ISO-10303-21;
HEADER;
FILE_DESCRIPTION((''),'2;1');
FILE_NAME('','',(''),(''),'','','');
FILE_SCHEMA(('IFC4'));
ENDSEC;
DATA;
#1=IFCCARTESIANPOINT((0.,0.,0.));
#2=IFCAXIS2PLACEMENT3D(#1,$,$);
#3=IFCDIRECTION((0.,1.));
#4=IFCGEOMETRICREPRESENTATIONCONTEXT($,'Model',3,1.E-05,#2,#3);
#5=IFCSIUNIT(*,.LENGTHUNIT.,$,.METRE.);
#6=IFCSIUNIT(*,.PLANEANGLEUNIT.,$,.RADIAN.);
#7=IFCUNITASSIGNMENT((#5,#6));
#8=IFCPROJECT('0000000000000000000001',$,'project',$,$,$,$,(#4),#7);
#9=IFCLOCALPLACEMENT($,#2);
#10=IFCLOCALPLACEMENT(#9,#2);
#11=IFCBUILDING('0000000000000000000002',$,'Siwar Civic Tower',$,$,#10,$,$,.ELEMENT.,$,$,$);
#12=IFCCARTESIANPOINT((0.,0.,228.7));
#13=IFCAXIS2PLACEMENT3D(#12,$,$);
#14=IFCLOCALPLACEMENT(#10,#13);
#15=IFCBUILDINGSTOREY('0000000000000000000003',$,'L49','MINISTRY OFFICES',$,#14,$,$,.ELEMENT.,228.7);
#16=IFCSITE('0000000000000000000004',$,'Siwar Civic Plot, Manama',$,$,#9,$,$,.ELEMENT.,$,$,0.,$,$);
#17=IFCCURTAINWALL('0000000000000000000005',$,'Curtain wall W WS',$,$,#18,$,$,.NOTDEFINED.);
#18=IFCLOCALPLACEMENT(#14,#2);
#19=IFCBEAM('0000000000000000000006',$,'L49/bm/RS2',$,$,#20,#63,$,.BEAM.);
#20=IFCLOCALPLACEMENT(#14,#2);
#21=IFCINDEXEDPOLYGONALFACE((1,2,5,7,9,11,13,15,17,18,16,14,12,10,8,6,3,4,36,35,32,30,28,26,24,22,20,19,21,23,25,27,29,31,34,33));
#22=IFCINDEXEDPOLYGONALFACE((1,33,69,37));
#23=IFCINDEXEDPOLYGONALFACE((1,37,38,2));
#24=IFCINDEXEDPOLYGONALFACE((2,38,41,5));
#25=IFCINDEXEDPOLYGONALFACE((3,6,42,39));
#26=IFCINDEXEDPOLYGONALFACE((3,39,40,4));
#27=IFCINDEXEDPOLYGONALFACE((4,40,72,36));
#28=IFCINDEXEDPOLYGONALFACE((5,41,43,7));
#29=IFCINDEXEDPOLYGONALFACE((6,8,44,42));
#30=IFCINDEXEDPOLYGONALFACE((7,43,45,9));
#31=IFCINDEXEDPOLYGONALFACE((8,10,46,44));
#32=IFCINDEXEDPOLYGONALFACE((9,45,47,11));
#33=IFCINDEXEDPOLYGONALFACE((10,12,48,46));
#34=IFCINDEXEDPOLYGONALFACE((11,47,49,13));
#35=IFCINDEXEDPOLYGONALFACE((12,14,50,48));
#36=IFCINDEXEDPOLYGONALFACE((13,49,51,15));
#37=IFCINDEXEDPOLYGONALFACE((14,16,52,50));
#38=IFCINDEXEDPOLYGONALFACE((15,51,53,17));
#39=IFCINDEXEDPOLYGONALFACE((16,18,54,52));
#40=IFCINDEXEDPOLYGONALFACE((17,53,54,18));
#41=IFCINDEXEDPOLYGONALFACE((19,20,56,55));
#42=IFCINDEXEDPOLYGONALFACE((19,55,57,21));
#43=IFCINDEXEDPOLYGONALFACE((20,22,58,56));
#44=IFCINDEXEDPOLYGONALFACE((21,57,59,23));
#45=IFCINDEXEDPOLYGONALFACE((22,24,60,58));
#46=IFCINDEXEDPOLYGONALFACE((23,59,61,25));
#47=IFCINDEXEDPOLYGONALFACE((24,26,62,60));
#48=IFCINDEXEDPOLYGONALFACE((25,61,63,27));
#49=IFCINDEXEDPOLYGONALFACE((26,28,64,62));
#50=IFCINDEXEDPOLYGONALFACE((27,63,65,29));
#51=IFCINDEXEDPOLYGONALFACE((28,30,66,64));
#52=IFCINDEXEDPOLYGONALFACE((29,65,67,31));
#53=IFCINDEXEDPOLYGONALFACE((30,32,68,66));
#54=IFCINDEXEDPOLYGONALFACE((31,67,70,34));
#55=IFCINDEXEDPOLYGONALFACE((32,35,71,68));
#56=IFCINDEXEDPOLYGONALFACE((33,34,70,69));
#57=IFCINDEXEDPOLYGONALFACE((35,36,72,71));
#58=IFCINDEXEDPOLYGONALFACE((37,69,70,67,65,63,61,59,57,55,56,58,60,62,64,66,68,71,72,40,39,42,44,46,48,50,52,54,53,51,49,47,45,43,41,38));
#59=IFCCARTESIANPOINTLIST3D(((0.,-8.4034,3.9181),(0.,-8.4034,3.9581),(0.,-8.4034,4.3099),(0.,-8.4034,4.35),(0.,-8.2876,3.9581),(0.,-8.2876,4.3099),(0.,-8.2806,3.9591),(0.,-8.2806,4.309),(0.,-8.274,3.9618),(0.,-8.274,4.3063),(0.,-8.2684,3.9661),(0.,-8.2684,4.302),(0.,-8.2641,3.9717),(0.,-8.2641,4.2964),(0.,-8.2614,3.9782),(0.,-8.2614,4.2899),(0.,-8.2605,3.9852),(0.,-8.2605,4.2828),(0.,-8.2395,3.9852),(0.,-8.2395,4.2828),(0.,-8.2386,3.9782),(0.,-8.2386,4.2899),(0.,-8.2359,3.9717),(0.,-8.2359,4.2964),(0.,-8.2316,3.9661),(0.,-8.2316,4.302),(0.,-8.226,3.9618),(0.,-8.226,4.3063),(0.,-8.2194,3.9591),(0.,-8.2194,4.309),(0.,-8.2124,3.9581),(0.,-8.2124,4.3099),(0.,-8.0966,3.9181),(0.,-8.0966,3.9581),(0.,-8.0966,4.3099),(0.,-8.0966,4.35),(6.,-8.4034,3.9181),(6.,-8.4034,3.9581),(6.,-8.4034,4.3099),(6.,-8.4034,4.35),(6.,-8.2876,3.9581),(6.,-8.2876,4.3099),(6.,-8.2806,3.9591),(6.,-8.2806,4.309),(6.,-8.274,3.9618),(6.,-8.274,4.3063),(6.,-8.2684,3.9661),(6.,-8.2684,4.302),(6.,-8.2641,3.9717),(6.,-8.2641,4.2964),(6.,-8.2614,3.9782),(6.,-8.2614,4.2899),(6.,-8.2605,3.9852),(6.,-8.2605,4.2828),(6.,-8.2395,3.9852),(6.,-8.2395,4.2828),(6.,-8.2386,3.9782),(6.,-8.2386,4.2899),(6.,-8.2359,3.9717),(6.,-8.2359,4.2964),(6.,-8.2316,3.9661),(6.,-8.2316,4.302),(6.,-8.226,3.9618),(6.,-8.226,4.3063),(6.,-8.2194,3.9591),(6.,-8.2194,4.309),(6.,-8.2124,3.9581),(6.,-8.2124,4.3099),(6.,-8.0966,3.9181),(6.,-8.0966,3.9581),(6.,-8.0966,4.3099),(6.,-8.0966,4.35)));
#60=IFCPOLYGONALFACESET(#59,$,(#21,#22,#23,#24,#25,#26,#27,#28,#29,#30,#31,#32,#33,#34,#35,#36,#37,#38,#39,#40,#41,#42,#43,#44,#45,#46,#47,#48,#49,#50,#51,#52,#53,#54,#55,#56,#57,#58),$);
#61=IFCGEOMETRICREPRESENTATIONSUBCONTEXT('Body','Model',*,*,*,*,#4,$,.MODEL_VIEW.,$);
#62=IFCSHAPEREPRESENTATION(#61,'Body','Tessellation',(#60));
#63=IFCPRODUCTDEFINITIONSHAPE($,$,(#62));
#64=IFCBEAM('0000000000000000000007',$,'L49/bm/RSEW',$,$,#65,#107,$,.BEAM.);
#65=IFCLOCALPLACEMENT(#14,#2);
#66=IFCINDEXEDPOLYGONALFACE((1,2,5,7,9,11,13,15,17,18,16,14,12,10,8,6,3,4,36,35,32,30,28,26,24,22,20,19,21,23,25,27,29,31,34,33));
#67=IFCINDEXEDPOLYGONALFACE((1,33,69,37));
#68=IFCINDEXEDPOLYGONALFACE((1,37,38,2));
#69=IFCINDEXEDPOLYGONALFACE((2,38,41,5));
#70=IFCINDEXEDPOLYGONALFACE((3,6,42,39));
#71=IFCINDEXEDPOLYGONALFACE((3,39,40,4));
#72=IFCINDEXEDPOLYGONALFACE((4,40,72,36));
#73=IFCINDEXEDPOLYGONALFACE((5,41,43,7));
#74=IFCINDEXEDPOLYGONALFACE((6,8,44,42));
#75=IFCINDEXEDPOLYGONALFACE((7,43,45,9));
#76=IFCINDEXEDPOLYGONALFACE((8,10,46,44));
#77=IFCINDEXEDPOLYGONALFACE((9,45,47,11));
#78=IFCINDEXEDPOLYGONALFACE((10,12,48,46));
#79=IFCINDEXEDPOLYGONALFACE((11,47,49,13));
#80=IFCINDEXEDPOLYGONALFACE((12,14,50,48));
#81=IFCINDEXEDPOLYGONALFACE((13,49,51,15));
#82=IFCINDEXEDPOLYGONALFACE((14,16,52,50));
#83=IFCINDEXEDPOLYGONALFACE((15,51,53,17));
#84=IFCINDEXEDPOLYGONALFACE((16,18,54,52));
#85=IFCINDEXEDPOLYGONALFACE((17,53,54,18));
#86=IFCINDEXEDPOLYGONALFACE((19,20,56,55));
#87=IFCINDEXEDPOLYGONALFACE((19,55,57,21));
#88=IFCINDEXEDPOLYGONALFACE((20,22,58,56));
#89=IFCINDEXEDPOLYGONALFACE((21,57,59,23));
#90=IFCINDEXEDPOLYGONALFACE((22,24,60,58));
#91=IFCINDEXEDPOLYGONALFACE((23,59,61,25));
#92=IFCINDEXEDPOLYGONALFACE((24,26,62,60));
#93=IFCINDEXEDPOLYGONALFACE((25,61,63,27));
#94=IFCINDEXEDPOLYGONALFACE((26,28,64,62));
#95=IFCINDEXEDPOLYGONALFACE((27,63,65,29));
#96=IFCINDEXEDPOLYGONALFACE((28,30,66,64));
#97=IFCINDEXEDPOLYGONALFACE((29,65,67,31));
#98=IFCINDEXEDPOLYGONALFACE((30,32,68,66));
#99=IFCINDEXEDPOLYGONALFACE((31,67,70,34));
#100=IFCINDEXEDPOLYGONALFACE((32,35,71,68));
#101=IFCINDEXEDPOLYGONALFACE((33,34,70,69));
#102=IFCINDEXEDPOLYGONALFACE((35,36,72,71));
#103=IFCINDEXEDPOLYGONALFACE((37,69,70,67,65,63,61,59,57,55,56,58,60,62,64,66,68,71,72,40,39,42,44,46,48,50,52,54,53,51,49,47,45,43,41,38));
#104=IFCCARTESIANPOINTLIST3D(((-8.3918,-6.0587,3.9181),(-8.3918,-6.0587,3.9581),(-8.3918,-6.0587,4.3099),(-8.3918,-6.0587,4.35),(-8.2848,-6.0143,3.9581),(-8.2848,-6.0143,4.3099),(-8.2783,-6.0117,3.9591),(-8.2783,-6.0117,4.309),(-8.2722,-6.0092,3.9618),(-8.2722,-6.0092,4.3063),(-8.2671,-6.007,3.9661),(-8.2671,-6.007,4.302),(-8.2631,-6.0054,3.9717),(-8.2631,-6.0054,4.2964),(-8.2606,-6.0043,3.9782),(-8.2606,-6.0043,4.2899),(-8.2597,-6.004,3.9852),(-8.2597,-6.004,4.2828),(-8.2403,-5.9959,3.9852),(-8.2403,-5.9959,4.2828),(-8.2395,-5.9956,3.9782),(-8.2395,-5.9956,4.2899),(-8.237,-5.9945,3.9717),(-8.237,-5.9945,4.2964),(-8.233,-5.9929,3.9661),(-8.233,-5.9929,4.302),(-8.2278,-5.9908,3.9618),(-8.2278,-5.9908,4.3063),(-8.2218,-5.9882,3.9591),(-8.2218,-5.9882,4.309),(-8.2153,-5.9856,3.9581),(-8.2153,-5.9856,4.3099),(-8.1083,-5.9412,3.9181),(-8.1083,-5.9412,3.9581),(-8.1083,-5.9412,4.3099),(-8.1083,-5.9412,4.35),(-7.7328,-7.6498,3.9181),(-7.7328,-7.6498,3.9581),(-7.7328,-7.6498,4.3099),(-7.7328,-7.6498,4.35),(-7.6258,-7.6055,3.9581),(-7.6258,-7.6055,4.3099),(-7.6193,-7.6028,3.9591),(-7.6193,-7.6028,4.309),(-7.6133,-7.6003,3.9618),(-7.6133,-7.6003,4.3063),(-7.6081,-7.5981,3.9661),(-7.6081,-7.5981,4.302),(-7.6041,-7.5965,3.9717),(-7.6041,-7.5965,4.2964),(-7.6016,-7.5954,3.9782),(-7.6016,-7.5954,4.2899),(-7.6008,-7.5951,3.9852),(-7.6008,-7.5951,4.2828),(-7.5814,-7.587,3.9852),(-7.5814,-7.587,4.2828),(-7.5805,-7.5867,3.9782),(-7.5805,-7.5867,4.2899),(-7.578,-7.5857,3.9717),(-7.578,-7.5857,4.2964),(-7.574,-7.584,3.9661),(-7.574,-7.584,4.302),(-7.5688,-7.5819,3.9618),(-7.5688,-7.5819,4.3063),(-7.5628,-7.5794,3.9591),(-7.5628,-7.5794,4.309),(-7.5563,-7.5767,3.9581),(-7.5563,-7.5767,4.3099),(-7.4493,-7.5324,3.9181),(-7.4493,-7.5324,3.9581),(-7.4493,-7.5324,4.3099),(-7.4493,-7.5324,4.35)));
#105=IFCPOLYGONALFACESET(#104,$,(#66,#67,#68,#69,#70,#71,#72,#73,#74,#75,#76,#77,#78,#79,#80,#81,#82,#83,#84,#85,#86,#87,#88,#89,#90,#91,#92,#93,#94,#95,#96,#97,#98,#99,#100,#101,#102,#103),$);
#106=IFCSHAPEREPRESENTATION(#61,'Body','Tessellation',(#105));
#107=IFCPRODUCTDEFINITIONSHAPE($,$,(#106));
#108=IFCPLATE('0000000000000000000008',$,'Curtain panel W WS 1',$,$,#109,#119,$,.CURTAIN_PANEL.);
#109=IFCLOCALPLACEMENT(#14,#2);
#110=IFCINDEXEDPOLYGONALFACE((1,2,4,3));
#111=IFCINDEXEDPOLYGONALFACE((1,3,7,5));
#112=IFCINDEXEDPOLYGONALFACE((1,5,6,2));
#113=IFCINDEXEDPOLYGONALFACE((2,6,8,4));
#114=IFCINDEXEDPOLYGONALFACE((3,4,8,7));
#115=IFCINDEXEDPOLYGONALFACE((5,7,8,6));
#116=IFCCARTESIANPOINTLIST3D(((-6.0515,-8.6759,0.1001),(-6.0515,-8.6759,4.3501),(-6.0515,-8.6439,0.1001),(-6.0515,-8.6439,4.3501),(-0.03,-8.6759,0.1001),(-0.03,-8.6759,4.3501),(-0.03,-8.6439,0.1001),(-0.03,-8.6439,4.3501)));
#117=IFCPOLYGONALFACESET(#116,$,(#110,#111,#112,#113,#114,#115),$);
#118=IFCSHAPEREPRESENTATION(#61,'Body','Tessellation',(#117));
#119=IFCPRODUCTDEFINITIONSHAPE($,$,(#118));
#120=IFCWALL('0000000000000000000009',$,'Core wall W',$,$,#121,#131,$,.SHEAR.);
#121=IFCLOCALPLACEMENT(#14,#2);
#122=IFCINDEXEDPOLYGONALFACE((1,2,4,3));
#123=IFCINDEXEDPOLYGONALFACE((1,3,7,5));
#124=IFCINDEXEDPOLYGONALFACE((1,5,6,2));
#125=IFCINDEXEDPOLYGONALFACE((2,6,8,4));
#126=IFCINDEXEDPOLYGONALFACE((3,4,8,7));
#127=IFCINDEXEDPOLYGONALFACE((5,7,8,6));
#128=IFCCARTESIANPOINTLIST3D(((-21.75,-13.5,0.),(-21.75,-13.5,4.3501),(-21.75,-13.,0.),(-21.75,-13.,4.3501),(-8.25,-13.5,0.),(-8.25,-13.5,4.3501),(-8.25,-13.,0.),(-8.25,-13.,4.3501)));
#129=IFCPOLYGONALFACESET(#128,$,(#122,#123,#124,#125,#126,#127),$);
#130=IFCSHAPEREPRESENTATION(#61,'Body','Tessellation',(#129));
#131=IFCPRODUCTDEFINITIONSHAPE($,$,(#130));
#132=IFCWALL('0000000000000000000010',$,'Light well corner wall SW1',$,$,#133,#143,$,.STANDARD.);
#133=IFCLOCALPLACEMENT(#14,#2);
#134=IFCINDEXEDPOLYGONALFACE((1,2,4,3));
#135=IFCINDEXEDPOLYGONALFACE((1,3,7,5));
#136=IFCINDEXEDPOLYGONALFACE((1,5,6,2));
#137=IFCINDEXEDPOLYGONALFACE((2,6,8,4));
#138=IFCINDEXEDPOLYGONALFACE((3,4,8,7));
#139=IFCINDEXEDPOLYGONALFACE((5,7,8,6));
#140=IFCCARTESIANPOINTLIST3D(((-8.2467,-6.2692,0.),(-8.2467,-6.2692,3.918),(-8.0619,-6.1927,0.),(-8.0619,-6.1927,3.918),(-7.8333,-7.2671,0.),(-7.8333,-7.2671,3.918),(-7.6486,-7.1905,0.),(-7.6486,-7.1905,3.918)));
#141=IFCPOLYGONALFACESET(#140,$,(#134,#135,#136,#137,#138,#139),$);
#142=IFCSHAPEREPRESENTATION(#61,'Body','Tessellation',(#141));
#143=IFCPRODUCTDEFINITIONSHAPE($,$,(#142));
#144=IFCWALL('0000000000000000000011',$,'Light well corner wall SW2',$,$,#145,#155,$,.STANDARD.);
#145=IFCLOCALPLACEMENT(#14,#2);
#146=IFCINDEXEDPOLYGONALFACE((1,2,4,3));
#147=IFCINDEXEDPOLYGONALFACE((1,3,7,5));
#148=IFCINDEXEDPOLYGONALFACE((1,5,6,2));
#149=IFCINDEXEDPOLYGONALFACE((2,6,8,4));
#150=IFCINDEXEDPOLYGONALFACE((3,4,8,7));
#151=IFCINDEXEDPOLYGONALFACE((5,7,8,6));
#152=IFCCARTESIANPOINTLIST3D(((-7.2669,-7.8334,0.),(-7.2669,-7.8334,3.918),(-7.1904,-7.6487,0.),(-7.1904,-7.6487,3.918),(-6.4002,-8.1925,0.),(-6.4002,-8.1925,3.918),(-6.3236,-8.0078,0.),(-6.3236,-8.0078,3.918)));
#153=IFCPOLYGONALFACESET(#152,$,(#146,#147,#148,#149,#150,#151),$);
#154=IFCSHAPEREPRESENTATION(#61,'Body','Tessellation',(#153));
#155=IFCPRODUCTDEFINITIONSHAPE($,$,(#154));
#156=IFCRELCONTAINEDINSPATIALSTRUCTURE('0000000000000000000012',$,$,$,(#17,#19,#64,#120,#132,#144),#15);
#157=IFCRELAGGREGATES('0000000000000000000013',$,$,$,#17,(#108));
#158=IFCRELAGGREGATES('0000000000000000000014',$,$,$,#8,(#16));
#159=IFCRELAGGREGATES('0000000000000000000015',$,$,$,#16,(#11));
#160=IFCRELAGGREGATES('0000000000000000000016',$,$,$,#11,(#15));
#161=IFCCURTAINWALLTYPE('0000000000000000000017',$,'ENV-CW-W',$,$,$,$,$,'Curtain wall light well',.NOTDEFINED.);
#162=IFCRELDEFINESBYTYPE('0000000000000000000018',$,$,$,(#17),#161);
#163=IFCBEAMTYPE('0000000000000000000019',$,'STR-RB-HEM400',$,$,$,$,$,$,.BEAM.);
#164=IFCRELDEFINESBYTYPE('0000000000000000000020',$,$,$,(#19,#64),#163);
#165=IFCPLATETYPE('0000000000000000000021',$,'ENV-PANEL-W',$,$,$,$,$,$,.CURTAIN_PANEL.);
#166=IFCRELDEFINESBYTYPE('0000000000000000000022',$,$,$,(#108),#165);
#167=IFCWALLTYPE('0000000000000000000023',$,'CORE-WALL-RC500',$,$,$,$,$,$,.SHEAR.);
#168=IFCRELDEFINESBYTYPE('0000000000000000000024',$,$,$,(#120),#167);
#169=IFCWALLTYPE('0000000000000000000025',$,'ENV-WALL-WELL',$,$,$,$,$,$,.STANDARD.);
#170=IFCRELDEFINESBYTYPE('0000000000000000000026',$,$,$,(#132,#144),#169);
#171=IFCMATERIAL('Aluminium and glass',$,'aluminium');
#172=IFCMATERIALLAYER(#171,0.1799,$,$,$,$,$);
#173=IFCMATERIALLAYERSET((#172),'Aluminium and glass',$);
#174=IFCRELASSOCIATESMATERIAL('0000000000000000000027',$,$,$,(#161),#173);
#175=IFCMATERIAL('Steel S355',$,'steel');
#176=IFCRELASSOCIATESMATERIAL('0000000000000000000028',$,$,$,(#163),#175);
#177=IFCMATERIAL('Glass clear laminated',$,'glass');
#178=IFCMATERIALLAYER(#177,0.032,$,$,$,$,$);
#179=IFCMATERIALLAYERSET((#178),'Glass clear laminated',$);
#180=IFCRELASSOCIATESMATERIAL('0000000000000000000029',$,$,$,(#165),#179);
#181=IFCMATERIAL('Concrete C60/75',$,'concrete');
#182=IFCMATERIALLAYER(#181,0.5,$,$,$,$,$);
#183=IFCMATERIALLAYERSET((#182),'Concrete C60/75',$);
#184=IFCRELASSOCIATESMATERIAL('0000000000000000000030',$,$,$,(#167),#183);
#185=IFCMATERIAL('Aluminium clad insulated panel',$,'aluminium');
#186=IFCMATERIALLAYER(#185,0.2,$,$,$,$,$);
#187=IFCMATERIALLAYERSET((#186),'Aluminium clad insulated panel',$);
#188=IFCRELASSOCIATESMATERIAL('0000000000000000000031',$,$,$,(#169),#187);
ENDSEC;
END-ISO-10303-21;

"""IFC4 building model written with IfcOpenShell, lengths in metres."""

from ifc_helpers import new_model, si_unit, direction, frame, frame_2d, origin, origin_2d, place, context, subcontext, project, spatial, rectangle, i_section, extrude, material, layer, layer_set, material_profile, profile_set, type_object, element, aggregate, save


model = new_model("IFC4")

# Units and contexts
model_context = context("Model", 3, precision=1e-05, world=origin(), true_north=direction((0.0, 1.0)))
body_context = subcontext(model_context, "Body", "Model", "MODEL_VIEW")
ifc_project = project(units=[si_unit("LENGTHUNIT", "METRE"), si_unit("PLANEANGLEUNIT", "RADIAN")], contexts=[model_context])

# Site, building, storey
site_placement = place(None, origin())
site = spatial("IfcSite", under=ifc_project, at=site_placement, Name="Siwar Civic Plot, Manama", CompositionType="ELEMENT", RefElevation=0.0)
building_placement = place(site_placement, origin())
building = spatial("IfcBuilding", under=site, at=building_placement, Name="Siwar Civic Tower", CompositionType="ELEMENT")
storey_placement = place(building_placement, frame((0.0, 0.0, 228.7)))
storey = spatial("IfcBuildingStorey", under=building, at=storey_placement, Name="L49", Description="MINISTRY OFFICES", CompositionType="ELEMENT", Elevation=228.7)

# Curtain wall
ifc_material_1 = material(Name="Aluminium and glass", Category="aluminium")
ifc_layer_1 = layer(ifc_material_1, 0.1799)
ifc_layer_set_1 = layer_set([ifc_layer_1], Name="Aluminium and glass")
curtain_wall_type = type_object("IfcCurtainWallType", Name="ENV-CW-W", ElementType="Curtain wall light well", PredefinedType="NOTDEFINED", material=ifc_layer_set_1)
curtain_wall_placement = place(storey_placement, origin())
curtain_wall = element("IfcCurtainWall", 1, at=curtain_wall_placement, inside=storey, type_object=curtain_wall_type, Name="Curtain wall W WS", PredefinedType="NOTDEFINED")

# Beams
ifc_material_2 = material(Name="Steel S355", Category="steel")
ifc_material_profile_1 = material_profile(ifc_material_2, i_section(OverallWidth=0.3069, OverallDepth=0.4319, WebThickness=0.021, FlangeThickness=0.04, FilletRadius=0.0271, at=origin_2d()), Name="HEM400")
ifc_profile_set_1 = profile_set([ifc_material_profile_1], Name="Steel S355")
beam_type = type_object("IfcBeamType", Name="STR-RB-HEM400", PredefinedType="BEAM", material=ifc_profile_set_1)
for number, where, z_axis, x_axis, name in (
    (2, (0.0, -8.25, 4.134), (1.0, 0.0, 0.0), (0.0, 1.0, 0.0), "L49/bm/RS2"),
):
    element("IfcBeam", number, at=place(storey_placement, frame(where, z_axis=z_axis, x_axis=x_axis)), inside=storey, type_object=beam_type, Name=name, PredefinedType="BEAM", context=body_context, shape_type="SweptSolid", body=[
        extrude(i_section(OverallWidth=0.3069, OverallDepth=0.4319, WebThickness=0.021, FlangeThickness=0.04, FilletRadius=0.0271, at=origin_2d()), origin(), (0.0, 0.0, 1.0), 6.0),
    ])
beam_1_placement = place(storey_placement, frame((-7.5911, -7.5911, 4.134), z_axis=(-0.382631, 0.923901, 0.0), x_axis=(-0.923901, -0.382631, 0.0)))
element("IfcBeam", 3, at=beam_1_placement, inside=storey, type_object=beam_type, Name="L49/bm/RSEW", PredefinedType="BEAM", context=body_context, shape_type="SweptSolid", body=[
    extrude(i_section(OverallWidth=0.3069, OverallDepth=0.4319, WebThickness=0.021, FlangeThickness=0.04, FilletRadius=0.0271, at=origin_2d()), origin(), (0.0, 0.0, 1.0), 1.7222),
])

# Plate
ifc_material_3 = material(Name="Glass clear laminated", Category="glass")
ifc_layer_2 = layer(ifc_material_3, 0.032)
ifc_layer_set_2 = layer_set([ifc_layer_2], Name="Glass clear laminated")
plate_type = type_object("IfcPlateType", Name="ENV-PANEL-W", PredefinedType="CURTAIN_PANEL", material=ifc_layer_set_2)
plate_placement = place(storey_placement, frame((-3.0408, -8.6599, 0.1001), z_axis=(0.0, 0.0, 1.0), x_axis=(1.0, 0.0, 0.0)))
plate = element("IfcPlate", 4, at=plate_placement, type_object=plate_type, Name="Curtain panel W WS 1", PredefinedType="CURTAIN_PANEL", context=body_context, shape_type="SweptSolid", body=[
    extrude(rectangle(XDim=6.0215, YDim=0.032, at=origin_2d()), origin(), (0.0, 0.0, 1.0), 4.25),
])
aggregate(curtain_wall, [plate])

# Walls
ifc_material_4 = material(Name="Concrete C60/75", Category="concrete")
ifc_layer_3 = layer(ifc_material_4, 0.5)
ifc_layer_set_3 = layer_set([ifc_layer_3], Name="Concrete C60/75")
wall_type_1 = type_object("IfcWallType", Name="CORE-WALL-RC500", PredefinedType="SHEAR", material=ifc_layer_set_3)
wall_1_placement = place(storey_placement, frame((-8.25, -13.25, 0.0), z_axis=(0.0, 0.0, 1.0), x_axis=(-1.0, 0.0, 0.0)))
element("IfcWall", 5, at=wall_1_placement, inside=storey, type_object=wall_type_1, Name="Core wall W", PredefinedType="SHEAR", context=body_context, shape_type="SweptSolid", body=[
    extrude(rectangle(XDim=13.5, YDim=0.5, at=frame_2d((6.75, 0.0))), origin(), (0.0, 0.0, 1.0), 4.3501),
])
ifc_material_5 = material(Name="Aluminium clad insulated panel", Category="aluminium")
ifc_layer_4 = layer(ifc_material_5, 0.2)
ifc_layer_set_4 = layer_set([ifc_layer_4], Name="Aluminium clad insulated panel")
wall_type_2 = type_object("IfcWallType", Name="ENV-WALL-WELL", PredefinedType="STANDARD", material=ifc_layer_set_4)
wall_2_placement = place(storey_placement, frame((-8.1543, -6.231, 0.0), z_axis=(0.0, 0.0, 1.0), x_axis=(0.382704, -0.923871, 0.0)))
element("IfcWall", 6, at=wall_2_placement, inside=storey, type_object=wall_type_2, Name="Light well corner wall SW1", PredefinedType="STANDARD", context=body_context, shape_type="SweptSolid", body=[
    extrude(rectangle(XDim=1.0801, YDim=0.2, at=frame_2d((0.54, 0.0))), origin(), (0.0, 0.0, 1.0), 3.918),
])
wall_3_placement = place(storey_placement, frame((-7.2288, -7.741, 0.0), z_axis=(0.0, 0.0, 1.0), x_axis=(0.92383, -0.382804, 0.0)))
element("IfcWall", 7, at=wall_3_placement, inside=storey, type_object=wall_type_2, Name="Light well corner wall SW2", PredefinedType="STANDARD", context=body_context, shape_type="SweptSolid", body=[
    extrude(rectangle(XDim=0.9382, YDim=0.2, at=frame_2d((0.4692, 0.0))), origin(), (0.0, 0.0, 1.0), 3.918),
])

save(model, "model.ifc")
